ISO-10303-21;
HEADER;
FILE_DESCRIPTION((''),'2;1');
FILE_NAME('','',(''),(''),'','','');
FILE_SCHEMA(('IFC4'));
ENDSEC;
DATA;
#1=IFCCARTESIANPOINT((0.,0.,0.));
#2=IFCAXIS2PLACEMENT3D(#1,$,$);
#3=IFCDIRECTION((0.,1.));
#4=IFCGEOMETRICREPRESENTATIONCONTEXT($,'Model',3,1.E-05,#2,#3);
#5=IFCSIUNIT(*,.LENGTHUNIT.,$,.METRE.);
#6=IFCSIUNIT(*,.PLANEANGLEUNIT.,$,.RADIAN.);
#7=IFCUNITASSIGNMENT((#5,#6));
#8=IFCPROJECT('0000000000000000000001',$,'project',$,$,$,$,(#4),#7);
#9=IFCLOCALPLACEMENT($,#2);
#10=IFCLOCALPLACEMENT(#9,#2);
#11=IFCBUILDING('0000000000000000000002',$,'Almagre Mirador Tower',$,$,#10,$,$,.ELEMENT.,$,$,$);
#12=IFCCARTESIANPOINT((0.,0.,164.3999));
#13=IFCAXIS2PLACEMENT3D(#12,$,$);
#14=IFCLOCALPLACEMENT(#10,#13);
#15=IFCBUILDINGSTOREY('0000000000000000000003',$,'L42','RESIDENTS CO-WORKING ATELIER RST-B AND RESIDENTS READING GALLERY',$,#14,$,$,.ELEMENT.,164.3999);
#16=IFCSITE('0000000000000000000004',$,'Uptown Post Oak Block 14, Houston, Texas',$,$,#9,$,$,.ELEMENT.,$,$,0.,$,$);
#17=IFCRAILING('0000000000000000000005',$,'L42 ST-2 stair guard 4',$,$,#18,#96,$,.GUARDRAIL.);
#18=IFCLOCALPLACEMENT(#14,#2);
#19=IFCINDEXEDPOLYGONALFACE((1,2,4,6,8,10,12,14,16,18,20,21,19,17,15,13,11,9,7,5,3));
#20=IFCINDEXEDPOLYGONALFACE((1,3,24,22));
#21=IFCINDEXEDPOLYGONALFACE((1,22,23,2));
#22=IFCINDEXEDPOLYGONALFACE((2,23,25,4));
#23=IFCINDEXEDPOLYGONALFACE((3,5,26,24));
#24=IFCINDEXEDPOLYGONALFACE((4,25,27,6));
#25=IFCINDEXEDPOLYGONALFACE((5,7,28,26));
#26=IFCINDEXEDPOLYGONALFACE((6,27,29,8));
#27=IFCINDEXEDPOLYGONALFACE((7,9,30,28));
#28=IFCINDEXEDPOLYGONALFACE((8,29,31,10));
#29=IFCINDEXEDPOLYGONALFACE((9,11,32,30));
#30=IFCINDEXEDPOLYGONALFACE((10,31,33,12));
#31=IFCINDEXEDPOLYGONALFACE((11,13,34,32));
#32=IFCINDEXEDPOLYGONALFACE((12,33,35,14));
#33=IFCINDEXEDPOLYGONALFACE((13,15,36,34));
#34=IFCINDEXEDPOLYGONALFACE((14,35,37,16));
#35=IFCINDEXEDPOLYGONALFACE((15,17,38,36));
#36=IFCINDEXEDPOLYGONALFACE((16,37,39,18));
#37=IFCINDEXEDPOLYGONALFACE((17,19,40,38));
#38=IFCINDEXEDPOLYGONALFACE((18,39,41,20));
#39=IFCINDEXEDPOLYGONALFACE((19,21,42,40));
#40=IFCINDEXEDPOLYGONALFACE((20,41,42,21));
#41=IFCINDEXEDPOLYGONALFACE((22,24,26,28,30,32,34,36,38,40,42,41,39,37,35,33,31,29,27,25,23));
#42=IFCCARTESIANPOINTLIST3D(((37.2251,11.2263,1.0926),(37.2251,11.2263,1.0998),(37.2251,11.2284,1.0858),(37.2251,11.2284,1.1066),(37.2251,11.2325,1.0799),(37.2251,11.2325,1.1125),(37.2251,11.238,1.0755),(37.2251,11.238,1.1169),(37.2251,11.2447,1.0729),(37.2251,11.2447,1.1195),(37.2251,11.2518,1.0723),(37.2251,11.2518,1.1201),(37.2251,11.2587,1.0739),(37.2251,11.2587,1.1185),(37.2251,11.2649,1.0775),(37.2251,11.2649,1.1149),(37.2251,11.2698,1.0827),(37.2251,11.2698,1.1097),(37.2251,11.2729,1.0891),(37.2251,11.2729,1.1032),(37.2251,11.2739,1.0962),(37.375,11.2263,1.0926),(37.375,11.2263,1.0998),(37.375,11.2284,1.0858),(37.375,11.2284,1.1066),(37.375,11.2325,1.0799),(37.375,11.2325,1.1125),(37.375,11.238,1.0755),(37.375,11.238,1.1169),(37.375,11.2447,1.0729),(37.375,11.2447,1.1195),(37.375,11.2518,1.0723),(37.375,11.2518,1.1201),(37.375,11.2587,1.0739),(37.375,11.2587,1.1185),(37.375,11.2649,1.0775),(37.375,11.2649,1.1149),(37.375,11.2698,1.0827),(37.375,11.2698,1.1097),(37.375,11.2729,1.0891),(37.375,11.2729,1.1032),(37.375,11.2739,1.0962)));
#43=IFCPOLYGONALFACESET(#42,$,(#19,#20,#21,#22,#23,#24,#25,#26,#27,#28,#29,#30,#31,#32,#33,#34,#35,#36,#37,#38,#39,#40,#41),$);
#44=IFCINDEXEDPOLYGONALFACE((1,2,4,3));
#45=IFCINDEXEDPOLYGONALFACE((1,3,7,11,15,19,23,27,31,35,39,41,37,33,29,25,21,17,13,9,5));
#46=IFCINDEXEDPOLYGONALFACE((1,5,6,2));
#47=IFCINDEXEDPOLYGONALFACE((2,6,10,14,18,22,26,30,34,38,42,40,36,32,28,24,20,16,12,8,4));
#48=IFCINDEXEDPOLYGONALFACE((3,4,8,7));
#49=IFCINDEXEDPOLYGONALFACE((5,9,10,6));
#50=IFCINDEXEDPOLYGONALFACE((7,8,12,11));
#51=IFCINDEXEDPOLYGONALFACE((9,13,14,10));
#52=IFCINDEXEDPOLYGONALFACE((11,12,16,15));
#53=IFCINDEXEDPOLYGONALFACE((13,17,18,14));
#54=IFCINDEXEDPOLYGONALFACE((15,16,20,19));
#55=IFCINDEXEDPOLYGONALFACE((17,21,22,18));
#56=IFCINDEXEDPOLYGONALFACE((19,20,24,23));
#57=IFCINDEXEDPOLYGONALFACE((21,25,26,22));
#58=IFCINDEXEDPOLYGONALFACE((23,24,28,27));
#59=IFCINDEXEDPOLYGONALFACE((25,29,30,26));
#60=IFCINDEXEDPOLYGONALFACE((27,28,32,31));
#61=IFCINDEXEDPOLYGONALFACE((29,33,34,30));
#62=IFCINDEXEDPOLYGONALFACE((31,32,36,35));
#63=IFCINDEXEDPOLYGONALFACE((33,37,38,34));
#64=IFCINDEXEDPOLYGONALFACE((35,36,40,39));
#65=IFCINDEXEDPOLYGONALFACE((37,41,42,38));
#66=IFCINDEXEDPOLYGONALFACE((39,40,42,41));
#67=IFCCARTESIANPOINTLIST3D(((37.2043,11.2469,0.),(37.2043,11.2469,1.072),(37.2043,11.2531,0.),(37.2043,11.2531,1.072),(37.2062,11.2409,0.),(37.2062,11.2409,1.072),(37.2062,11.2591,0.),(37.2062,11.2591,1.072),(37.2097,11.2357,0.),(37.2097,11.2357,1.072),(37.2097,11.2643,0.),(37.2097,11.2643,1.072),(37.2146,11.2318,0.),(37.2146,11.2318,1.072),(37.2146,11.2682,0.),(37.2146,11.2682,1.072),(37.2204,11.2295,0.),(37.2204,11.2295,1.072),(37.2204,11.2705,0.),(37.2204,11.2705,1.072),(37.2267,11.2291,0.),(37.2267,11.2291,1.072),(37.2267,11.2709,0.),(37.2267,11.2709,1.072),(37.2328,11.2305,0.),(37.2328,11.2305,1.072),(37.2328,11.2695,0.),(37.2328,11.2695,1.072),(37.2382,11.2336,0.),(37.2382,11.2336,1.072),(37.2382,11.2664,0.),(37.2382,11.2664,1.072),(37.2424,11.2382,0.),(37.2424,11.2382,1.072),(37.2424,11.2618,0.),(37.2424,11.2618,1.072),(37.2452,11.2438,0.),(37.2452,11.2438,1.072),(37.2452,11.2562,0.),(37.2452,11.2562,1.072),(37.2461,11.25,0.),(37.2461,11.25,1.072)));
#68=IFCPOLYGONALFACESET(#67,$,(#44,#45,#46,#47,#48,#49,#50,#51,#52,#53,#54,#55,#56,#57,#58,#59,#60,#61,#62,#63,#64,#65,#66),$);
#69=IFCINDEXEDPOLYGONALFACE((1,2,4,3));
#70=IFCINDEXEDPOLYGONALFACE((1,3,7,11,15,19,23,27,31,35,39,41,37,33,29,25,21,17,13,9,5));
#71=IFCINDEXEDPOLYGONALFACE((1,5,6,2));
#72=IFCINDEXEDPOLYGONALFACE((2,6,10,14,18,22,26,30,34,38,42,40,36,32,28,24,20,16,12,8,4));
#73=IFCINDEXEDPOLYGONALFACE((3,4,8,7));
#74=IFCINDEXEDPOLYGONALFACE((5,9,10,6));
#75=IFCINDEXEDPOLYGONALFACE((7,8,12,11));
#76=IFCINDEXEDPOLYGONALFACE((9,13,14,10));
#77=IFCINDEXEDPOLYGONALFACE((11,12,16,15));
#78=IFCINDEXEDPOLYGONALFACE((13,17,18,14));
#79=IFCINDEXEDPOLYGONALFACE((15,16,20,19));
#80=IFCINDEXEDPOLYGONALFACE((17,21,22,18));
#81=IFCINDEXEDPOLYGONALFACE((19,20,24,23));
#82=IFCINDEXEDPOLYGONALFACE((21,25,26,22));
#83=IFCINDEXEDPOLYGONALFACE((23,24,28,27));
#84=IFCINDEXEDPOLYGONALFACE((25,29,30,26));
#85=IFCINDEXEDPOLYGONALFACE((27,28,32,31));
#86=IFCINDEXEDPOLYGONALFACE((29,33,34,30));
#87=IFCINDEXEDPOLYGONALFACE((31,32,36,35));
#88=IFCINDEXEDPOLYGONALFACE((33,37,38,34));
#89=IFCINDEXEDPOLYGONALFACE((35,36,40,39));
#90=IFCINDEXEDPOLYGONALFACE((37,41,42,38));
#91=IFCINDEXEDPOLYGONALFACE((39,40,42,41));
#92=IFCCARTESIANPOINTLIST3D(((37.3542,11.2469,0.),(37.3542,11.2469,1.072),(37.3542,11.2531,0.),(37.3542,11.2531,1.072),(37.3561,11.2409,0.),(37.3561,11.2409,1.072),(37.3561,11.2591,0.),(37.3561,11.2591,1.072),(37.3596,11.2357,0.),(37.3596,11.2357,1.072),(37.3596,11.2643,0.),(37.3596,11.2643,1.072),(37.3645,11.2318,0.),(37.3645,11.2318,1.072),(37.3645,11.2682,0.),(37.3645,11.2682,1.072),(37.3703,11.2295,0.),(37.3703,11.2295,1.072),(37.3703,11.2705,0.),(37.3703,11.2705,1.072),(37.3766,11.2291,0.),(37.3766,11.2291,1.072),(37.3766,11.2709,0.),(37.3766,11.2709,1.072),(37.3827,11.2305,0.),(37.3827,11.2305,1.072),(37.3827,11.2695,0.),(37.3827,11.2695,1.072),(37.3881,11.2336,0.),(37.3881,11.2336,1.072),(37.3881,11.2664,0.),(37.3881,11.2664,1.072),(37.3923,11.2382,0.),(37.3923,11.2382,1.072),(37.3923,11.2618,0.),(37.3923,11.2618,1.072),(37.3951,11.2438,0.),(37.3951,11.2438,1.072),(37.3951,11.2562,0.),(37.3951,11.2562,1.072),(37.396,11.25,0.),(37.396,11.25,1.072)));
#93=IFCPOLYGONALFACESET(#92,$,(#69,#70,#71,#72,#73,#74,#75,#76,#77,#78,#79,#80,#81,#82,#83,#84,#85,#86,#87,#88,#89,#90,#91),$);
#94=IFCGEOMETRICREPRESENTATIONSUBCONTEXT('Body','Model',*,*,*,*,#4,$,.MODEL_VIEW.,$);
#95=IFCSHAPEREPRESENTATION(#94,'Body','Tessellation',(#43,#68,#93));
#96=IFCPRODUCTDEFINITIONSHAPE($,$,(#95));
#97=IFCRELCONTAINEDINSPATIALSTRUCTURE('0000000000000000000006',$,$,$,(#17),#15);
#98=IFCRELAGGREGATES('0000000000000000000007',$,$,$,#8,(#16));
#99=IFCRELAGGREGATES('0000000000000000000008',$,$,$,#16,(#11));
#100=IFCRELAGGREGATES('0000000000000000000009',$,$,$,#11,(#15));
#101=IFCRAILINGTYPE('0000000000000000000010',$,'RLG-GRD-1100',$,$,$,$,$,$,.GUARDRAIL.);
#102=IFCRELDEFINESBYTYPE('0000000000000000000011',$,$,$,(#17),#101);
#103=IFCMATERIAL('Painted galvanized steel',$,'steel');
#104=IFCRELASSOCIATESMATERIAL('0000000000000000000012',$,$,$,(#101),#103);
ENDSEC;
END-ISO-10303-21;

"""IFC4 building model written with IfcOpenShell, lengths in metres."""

from ifc_helpers import new_model, si_unit, direction, frame, origin, origin_2d, place, context, subcontext, project, spatial, circle, extrude, material, type_object, element, save


model = new_model("IFC4")

# Units and contexts
model_context = context("Model", 3, precision=1e-05, world=origin(), true_north=direction((0.0, 1.0)))
body_context = subcontext(model_context, "Body", "Model", "MODEL_VIEW")
ifc_project = project(units=[si_unit("LENGTHUNIT", "METRE"), si_unit("PLANEANGLEUNIT", "RADIAN")], contexts=[model_context])

# Site, building, storey
site_placement = place(None, origin())
site = spatial("IfcSite", under=ifc_project, at=site_placement, Name="Uptown Post Oak Block 14, Houston, Texas", CompositionType="ELEMENT", RefElevation=0.0)
building_placement = place(site_placement, origin())
building = spatial("IfcBuilding", under=site, at=building_placement, Name="Almagre Mirador Tower", CompositionType="ELEMENT")
storey_placement = place(building_placement, frame((0.0, 0.0, 164.3999)))
storey = spatial("IfcBuildingStorey", under=building, at=storey_placement, Name="L42", Description="RESIDENTS CO-WORKING ATELIER RST-B AND RESIDENTS READING GALLERY", CompositionType="ELEMENT", Elevation=164.3999)

# Railing
ifc_material_1 = material(Name="Painted galvanized steel", Category="steel")
railing_type_1 = type_object("IfcRailingType", Name="RLG-GRD-1100", PredefinedType="GUARDRAIL", material=ifc_material_1)
railing_1_placement = place(storey_placement, frame((37.2251, 11.25, 0.0)))
element("IfcRailing", 1, at=railing_1_placement, inside=storey, type_object=railing_type_1, Name="L42 ST-2 stair guard 4", PredefinedType="GUARDRAIL", context=body_context, shape_type="SweptSolid", body=[
    extrude(circle(Radius=0.0239, at=origin_2d()), frame((0.0, 0.0, 1.0962), z_axis=(1.0, 0.0, 0.0), x_axis=(0.0, 1.0, 0.0)), (0.0, 0.0, 1.0), 0.1499),
    extrude(circle(Radius=0.021, at=origin_2d()), origin(), (0.0, 0.0, 1.0), 1.072),
    extrude(circle(Radius=0.021, at=origin_2d()), frame((0.1499, 0.0, 0.0)), (0.0, 0.0, 1.0), 1.072),
])

save(model, "model.ifc")
